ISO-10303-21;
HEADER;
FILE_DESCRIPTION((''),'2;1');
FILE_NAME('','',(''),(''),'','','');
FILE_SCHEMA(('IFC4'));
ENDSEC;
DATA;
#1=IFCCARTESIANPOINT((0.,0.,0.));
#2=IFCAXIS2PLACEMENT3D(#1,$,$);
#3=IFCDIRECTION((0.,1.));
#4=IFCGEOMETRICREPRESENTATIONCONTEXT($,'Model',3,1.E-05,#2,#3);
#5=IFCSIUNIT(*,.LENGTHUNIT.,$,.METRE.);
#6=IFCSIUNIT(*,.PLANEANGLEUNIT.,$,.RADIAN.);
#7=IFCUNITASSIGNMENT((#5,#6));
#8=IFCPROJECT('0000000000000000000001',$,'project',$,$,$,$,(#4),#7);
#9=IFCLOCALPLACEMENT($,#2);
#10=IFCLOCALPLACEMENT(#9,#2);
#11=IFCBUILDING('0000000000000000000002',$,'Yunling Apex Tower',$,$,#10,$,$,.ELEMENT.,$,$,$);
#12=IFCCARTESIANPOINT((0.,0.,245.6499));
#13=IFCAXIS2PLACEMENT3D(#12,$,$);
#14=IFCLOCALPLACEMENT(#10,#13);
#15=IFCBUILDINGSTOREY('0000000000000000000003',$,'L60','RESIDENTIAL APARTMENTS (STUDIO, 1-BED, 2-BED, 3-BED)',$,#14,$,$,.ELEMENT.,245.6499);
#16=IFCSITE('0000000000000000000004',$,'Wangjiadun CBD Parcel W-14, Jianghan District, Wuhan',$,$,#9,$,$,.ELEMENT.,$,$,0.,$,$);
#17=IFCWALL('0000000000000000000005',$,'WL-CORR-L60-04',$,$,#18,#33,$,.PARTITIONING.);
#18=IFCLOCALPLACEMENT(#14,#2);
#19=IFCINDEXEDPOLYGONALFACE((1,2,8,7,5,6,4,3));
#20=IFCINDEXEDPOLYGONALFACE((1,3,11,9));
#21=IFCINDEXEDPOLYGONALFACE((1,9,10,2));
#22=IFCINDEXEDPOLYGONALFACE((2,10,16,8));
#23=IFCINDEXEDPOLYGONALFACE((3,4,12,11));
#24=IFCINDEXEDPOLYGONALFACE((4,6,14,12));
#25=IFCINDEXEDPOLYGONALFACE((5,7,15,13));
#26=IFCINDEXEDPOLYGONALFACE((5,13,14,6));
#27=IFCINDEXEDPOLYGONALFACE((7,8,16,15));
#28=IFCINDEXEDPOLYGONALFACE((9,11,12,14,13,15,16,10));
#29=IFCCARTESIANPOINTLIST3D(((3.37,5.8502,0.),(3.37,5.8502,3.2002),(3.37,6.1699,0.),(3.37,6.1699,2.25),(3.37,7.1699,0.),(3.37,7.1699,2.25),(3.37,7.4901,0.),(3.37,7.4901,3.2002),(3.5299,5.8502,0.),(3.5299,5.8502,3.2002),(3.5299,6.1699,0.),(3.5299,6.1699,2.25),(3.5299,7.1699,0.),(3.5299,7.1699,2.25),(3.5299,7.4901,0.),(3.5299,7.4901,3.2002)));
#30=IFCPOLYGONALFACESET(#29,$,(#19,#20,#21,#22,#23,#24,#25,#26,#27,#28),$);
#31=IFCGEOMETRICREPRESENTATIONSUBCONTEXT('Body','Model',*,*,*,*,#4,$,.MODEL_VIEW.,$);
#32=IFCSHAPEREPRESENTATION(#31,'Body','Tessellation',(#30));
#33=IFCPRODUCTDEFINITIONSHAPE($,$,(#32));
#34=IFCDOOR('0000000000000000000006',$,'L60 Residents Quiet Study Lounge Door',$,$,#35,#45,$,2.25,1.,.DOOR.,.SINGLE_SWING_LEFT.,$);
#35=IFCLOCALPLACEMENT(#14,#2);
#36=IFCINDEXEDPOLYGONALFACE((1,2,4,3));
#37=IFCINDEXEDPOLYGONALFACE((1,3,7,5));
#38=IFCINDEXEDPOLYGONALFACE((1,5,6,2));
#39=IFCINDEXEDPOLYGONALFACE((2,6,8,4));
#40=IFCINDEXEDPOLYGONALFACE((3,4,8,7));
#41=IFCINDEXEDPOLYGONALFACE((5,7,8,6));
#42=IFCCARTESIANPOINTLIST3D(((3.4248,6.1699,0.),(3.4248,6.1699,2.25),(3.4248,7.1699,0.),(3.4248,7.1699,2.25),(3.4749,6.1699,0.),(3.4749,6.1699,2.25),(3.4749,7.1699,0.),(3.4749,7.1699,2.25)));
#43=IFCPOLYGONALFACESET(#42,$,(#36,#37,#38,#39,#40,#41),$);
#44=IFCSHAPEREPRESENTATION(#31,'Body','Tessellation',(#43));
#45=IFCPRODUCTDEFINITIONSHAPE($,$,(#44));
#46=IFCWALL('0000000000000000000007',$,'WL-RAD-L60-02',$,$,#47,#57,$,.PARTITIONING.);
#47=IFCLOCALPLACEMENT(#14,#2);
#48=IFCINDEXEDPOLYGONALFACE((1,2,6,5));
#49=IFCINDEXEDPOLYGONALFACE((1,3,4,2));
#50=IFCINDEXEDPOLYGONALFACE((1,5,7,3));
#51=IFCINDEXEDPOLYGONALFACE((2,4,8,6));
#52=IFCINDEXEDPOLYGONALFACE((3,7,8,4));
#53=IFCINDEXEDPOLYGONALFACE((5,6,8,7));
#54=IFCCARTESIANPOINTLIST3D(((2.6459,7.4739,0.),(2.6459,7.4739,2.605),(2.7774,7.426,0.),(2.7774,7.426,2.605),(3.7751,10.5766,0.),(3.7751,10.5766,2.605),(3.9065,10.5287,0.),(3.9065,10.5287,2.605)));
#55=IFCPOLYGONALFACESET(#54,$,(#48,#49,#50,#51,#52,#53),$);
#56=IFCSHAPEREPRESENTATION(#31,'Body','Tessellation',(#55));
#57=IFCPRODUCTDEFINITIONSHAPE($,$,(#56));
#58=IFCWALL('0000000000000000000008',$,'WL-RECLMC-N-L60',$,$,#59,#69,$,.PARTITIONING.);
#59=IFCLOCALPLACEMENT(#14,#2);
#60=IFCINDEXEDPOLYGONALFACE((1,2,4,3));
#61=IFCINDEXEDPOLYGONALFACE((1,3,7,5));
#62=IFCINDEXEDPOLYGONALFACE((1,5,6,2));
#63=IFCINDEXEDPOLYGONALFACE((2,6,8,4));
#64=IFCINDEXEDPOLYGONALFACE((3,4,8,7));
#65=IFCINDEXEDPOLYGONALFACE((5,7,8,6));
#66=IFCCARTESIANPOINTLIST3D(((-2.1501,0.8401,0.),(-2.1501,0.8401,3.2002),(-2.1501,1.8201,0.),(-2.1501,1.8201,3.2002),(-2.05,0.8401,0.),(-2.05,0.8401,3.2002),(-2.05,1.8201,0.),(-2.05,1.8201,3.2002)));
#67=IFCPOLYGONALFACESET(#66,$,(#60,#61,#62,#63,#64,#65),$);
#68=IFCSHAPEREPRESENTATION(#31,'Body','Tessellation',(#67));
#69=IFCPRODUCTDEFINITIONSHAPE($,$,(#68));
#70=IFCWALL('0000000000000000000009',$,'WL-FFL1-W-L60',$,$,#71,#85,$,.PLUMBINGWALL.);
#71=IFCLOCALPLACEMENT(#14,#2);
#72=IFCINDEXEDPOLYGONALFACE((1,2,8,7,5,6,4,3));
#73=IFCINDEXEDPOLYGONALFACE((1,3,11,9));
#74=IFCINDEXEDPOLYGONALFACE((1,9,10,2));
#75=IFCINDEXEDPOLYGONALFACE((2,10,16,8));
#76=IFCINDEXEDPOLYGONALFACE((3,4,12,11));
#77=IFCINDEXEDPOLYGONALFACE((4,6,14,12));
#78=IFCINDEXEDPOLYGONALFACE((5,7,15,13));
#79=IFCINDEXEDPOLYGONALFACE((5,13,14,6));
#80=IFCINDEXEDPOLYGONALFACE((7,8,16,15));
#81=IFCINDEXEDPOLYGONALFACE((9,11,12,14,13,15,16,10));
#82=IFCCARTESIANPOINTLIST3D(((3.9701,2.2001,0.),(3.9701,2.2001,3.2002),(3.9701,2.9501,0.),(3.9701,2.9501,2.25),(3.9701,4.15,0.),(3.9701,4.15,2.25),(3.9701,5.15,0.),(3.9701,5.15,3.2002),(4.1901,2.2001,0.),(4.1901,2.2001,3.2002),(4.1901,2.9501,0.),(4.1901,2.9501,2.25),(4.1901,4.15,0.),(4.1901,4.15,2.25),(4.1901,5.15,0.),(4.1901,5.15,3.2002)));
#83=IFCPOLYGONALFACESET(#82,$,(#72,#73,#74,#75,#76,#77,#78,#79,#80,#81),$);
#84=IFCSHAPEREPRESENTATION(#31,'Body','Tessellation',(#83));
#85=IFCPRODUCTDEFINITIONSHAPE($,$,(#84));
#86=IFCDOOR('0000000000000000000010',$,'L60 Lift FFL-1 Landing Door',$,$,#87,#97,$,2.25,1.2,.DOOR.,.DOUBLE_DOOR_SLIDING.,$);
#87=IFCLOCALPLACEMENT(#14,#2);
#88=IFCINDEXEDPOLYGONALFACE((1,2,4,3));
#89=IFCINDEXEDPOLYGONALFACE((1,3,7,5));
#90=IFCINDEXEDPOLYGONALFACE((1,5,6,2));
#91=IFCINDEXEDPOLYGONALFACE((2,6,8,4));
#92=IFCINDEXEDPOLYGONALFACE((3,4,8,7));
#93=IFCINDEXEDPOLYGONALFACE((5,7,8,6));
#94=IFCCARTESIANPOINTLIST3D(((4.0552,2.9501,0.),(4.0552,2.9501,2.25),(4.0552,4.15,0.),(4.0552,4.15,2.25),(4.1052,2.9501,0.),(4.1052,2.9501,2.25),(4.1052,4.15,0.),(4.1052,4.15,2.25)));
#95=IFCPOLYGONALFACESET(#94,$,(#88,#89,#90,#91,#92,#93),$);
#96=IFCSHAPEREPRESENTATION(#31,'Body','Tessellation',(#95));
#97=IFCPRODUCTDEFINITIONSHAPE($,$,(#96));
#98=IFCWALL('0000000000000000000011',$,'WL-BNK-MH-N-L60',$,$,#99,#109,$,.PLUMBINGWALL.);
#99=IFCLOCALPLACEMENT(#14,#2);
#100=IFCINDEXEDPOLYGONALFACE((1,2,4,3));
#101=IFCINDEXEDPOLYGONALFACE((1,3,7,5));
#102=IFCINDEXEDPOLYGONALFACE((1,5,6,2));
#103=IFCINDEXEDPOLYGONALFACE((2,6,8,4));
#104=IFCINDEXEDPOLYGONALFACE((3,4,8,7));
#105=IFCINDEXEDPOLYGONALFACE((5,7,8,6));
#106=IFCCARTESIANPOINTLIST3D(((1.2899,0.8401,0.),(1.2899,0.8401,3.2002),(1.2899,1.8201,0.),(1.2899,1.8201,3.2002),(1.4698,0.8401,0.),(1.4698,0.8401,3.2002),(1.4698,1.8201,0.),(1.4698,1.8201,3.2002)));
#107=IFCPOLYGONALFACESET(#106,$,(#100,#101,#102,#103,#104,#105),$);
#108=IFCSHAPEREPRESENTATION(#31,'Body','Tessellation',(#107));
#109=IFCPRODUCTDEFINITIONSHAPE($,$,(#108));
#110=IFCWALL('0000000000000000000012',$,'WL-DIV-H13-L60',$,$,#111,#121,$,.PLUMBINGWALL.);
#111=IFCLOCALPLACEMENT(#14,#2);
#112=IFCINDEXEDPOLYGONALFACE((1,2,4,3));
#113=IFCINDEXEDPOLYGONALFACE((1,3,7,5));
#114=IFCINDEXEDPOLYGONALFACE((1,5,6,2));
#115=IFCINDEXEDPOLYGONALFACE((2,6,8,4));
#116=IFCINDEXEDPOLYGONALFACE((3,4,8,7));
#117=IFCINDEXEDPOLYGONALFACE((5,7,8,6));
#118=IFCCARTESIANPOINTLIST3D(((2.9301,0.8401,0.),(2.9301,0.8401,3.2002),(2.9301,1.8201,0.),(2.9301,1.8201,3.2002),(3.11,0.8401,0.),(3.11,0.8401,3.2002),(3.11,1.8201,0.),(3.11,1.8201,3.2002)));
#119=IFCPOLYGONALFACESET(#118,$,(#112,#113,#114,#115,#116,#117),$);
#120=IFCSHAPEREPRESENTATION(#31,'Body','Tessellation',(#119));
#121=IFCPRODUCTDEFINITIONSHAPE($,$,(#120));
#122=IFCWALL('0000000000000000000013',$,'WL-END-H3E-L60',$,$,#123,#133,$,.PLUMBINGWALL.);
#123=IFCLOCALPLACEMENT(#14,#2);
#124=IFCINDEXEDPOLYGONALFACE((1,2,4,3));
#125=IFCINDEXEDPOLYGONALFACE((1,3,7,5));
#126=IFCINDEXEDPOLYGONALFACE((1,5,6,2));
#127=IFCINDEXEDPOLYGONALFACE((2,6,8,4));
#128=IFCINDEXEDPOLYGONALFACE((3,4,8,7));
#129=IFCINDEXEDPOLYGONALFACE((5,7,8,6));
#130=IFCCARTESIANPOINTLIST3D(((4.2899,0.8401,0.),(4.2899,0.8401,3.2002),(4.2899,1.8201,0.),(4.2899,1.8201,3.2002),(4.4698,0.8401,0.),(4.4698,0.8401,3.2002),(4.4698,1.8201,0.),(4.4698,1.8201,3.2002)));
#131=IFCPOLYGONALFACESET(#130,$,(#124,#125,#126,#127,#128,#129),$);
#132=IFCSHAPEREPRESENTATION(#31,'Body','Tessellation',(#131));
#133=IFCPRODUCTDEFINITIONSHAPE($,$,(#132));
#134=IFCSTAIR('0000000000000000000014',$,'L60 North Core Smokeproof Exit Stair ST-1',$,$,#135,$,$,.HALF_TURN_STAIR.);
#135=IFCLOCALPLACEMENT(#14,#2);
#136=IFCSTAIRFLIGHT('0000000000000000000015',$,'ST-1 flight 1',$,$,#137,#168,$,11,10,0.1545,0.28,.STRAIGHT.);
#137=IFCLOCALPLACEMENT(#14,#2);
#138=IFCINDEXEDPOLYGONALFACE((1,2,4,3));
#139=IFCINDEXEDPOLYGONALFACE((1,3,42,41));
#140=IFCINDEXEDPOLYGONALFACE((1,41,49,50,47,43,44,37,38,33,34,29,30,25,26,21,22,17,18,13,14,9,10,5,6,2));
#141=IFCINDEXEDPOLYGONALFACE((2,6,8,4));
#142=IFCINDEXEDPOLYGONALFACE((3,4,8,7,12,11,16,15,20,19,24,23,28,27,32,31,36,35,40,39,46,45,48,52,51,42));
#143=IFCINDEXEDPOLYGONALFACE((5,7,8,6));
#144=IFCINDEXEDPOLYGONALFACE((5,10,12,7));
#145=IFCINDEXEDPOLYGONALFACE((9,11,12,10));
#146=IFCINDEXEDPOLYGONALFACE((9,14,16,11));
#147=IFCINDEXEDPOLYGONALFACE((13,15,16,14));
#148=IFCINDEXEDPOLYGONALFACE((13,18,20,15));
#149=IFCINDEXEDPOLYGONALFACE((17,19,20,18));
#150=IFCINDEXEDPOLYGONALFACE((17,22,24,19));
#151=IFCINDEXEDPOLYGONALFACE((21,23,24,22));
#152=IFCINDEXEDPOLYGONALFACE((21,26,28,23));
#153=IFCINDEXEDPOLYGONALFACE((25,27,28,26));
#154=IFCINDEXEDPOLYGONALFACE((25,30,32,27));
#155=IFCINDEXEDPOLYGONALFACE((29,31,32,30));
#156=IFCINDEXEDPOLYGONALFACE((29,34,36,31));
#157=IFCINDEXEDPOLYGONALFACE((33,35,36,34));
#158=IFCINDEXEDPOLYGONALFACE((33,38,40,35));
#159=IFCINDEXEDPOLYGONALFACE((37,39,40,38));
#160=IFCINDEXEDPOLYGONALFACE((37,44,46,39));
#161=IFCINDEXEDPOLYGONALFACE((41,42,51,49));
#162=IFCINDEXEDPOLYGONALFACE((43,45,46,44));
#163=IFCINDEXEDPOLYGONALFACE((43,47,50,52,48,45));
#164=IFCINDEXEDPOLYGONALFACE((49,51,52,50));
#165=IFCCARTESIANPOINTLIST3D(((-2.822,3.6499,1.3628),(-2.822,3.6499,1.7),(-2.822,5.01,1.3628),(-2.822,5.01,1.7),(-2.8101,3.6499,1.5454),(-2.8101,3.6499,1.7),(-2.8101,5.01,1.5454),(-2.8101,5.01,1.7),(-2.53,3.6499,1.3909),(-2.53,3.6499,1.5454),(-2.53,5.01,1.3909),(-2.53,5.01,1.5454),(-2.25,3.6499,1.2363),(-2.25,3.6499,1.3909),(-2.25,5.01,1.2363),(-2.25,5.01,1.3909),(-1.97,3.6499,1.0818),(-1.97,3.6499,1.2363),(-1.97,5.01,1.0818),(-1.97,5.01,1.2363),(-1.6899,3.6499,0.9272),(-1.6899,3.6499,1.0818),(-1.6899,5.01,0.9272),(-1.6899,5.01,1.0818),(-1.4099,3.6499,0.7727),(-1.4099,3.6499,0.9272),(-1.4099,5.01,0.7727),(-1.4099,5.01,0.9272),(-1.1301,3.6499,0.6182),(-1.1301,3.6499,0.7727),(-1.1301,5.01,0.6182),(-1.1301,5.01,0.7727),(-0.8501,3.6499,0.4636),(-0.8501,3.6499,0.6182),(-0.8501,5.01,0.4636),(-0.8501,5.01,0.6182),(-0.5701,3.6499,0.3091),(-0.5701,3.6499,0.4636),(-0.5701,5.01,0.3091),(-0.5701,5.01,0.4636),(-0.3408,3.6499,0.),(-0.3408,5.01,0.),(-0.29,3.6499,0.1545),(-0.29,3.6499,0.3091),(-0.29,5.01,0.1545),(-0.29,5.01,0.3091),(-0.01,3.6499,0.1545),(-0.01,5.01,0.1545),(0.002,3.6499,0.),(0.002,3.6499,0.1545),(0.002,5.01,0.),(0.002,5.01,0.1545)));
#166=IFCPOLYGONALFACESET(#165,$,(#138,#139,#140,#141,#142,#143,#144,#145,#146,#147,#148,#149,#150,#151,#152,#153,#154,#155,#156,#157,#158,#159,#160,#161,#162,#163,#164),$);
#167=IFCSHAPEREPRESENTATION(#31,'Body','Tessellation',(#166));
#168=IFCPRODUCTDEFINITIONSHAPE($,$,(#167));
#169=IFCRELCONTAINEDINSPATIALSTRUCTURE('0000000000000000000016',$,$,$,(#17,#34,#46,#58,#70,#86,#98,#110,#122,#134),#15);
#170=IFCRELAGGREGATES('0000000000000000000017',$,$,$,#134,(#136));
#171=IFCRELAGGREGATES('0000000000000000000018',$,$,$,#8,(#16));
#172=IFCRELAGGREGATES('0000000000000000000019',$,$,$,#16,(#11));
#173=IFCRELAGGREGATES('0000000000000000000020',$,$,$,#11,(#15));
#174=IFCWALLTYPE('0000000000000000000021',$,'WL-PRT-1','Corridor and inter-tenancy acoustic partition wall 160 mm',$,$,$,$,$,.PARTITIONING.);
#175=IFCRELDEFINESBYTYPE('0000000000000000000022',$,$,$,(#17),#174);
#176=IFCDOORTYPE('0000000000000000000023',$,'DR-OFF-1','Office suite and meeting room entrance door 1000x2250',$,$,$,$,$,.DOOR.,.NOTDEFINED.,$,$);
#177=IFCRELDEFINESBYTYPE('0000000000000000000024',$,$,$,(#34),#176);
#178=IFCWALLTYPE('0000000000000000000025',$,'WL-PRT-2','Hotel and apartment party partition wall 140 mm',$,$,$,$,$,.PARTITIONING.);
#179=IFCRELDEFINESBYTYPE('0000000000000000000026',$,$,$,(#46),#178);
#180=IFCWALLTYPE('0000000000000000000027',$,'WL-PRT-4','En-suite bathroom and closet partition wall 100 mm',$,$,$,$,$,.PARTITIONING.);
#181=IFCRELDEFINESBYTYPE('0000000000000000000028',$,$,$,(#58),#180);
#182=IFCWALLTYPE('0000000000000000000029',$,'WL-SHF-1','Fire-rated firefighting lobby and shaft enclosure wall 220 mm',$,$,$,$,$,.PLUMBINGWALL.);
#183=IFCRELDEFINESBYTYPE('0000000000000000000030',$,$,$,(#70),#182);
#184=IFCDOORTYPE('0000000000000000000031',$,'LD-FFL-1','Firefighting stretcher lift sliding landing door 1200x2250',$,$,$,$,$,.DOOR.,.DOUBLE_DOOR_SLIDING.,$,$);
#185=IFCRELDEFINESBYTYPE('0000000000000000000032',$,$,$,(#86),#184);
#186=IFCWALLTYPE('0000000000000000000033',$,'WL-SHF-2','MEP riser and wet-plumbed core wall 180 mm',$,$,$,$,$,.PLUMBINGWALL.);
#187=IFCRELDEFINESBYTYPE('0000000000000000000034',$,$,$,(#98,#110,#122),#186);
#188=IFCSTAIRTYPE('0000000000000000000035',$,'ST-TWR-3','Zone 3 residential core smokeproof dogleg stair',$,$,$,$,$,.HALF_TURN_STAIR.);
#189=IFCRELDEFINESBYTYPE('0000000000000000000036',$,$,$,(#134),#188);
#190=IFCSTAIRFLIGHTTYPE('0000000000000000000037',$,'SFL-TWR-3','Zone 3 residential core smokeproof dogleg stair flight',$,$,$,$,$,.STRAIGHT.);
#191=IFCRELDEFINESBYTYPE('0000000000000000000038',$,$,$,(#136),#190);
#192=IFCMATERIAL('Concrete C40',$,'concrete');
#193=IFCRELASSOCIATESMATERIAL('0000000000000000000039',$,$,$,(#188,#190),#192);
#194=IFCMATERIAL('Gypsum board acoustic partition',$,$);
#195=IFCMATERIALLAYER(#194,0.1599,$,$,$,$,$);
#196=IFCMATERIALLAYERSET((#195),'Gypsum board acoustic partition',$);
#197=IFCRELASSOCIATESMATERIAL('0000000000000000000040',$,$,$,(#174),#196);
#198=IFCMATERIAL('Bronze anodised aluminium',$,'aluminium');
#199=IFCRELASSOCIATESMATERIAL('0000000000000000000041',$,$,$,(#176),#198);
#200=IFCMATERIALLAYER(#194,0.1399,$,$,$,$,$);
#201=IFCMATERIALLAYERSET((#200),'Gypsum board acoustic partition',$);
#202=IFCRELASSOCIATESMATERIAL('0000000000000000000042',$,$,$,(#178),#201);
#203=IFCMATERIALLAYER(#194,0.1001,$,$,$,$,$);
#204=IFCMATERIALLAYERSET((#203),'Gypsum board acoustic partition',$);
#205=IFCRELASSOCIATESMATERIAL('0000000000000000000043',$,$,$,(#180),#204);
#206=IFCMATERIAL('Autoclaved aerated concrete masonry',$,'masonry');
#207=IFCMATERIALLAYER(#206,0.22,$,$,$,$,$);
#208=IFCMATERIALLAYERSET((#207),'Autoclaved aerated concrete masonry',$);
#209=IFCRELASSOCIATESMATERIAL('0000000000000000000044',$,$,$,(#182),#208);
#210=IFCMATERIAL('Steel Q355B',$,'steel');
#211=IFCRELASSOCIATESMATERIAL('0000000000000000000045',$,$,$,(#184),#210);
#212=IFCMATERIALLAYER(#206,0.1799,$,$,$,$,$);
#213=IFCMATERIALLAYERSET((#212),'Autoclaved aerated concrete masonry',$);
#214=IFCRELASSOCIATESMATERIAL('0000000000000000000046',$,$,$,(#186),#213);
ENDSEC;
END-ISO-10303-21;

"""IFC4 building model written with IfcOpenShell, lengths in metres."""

from ifc_helpers import new_model, si_unit, direction, frame, frame_2d, origin, place, context, subcontext, project, spatial, polyline, rectangle, outline, extrude, material, layer, layer_set, type_object, element, fill, aggregate, save


model = new_model("IFC4")

# Units and contexts
model_context = context("Model", 3, precision=1e-05, world=origin(), true_north=direction((0.0, 1.0)))
body_context = subcontext(model_context, "Body", "Model", "MODEL_VIEW")
ifc_project = project(units=[si_unit("LENGTHUNIT", "METRE"), si_unit("PLANEANGLEUNIT", "RADIAN")], contexts=[model_context])

# Site, building, storey
site_placement = place(None, origin())
site = spatial("IfcSite", under=ifc_project, at=site_placement, Name="Wangjiadun CBD Parcel W-14, Jianghan District, Wuhan", CompositionType="ELEMENT", RefElevation=0.0)
building_placement = place(site_placement, origin())
building = spatial("IfcBuilding", under=site, at=building_placement, Name="Yunling Apex Tower", CompositionType="ELEMENT")
storey_placement = place(building_placement, frame((0.0, 0.0, 245.6499)))
storey = spatial("IfcBuildingStorey", under=building, at=storey_placement, Name="L60", Description="RESIDENTIAL APARTMENTS (STUDIO, 1-BED, 2-BED, 3-BED)", CompositionType="ELEMENT", Elevation=245.6499)

# Shared definitions
ifc_material_1 = material(Name="Steel Q355B", Category="steel")

# Shared definitions
ifc_material_2 = material(Name="Bronze anodised aluminium", Category="aluminium")

# Shared definitions
ifc_material_3 = material(Name="Concrete C40", Category="concrete")
stair_type = type_object("IfcStairType", Name="ST-TWR-3", Description="Zone 3 residential core smokeproof dogleg stair", PredefinedType="HALF_TURN_STAIR", material=ifc_material_3)

# Wall, opening, door
ifc_material_4 = material(Name="Gypsum board acoustic partition")
ifc_layer_1 = layer(ifc_material_4, 0.1599)
ifc_layer_set_1 = layer_set([ifc_layer_1], Name="Gypsum board acoustic partition")
wall_type_1 = type_object("IfcWallType", Name="WL-PRT-1", Description="Corridor and inter-tenancy acoustic partition wall 160 mm", PredefinedType="PARTITIONING", material=ifc_layer_set_1)
wall_1_placement = place(storey_placement, frame((3.45, 7.49, 0.0), z_axis=(0.0, 0.0, 1.0), x_axis=(0.0, -1.0, 0.0)))
wall_1 = element("IfcWall", 1, at=wall_1_placement, inside=storey, type_object=wall_type_1, Name="WL-CORR-L60-04", PredefinedType="PARTITIONING", context=body_context, shape_type="SweptSolid", body=[
    extrude(rectangle(XDim=1.6399, YDim=0.1599, at=frame_2d((0.8198, 0.0))), origin(), (0.0, 0.0, 1.0), 3.2002),
])
opening_1_placement = place(wall_1_placement, frame((0.3201, 0.0, 0.0)))
opening_1 = element("IfcOpeningElement", 2, at=opening_1_placement, cuts=wall_1, PredefinedType="OPENING", context=body_context, shape_type="SweptSolid", body=[
    extrude(rectangle(XDim=1.0, YDim=2.25, at=frame_2d((0.5, 1.125))), frame((0.0, 0.0898, 0.0), z_axis=(0.0, -1.0, 0.0), x_axis=(1.0, 0.0, 0.0)), (0.0, 0.0, 1.0), 0.1799),
])
door_type_1 = type_object("IfcDoorType", Name="DR-OFF-1", Description="Office suite and meeting room entrance door 1000x2250", OperationType="NOTDEFINED", PredefinedType="DOOR", material=ifc_material_2)
door_1_placement = place(opening_1_placement, origin())
door_1 = element("IfcDoor", 3, at=door_1_placement, inside=storey, type_object=door_type_1, Name="L60 Residents Quiet Study Lounge Door", OperationType="SINGLE_SWING_LEFT", OverallHeight=2.25, OverallWidth=1.0, PredefinedType="DOOR", context=body_context, shape_type="SweptSolid", body=[
    extrude(rectangle(XDim=1.0, YDim=2.25, at=frame_2d((0.5, 1.125))), frame((0.0, 0.0249, 0.0), z_axis=(0.0, -1.0, 0.0), x_axis=(1.0, 0.0, 0.0)), (0.0, 0.0, 1.0), 0.05),
])
fill(opening_1, door_1)

# Walls
ifc_layer_2 = layer(ifc_material_4, 0.1399)
ifc_layer_set_2 = layer_set([ifc_layer_2], Name="Gypsum board acoustic partition")
wall_type_2 = type_object("IfcWallType", Name="WL-PRT-2", Description="Hotel and apartment party partition wall 140 mm", PredefinedType="PARTITIONING", material=ifc_layer_set_2)
wall_2_placement = place(storey_placement, frame((2.7117, 7.45, 0.0), z_axis=(0.0, 0.0, 1.0), x_axis=(0.341975, 0.939709, 0.0)))
element("IfcWall", 4, at=wall_2_placement, inside=storey, type_object=wall_type_2, Name="WL-RAD-L60-02", PredefinedType="PARTITIONING", context=body_context, shape_type="SweptSolid", body=[
    extrude(rectangle(XDim=3.3018, YDim=0.1399, at=frame_2d((1.6509, 0.0))), origin(), (0.0, 0.0, 1.0), 2.605),
])
ifc_layer_3 = layer(ifc_material_4, 0.1001)
ifc_layer_set_3 = layer_set([ifc_layer_3], Name="Gypsum board acoustic partition")
wall_type_3 = type_object("IfcWallType", Name="WL-PRT-4", Description="En-suite bathroom and closet partition wall 100 mm", PredefinedType="PARTITIONING", material=ifc_layer_set_3)
wall_3_placement = place(storey_placement, frame((-2.1001, 0.8401, 0.0), z_axis=(0.0, 0.0, 1.0), x_axis=(0.0, 1.0, 0.0)))
element("IfcWall", 5, at=wall_3_placement, inside=storey, type_object=wall_type_3, Name="WL-RECLMC-N-L60", PredefinedType="PARTITIONING", context=body_context, shape_type="SweptSolid", body=[
    extrude(rectangle(XDim=0.98, YDim=0.1001, at=frame_2d((0.49, 0.0))), origin(), (0.0, 0.0, 1.0), 3.2002),
])

# Wall, opening, door
ifc_material_5 = material(Name="Autoclaved aerated concrete masonry", Category="masonry")
ifc_layer_4 = layer(ifc_material_5, 0.22)
ifc_layer_set_4 = layer_set([ifc_layer_4], Name="Autoclaved aerated concrete masonry")
wall_type_4 = type_object("IfcWallType", Name="WL-SHF-1", Description="Fire-rated firefighting lobby and shaft enclosure wall 220 mm", PredefinedType="PLUMBINGWALL", material=ifc_layer_set_4)
wall_4_placement = place(storey_placement, frame((4.0801, 2.2, 0.0), z_axis=(0.0, 0.0, 1.0), x_axis=(0.0, 1.0, 0.0)))
wall_4 = element("IfcWall", 6, at=wall_4_placement, inside=storey, type_object=wall_type_4, Name="WL-FFL1-W-L60", PredefinedType="PLUMBINGWALL", context=body_context, shape_type="SweptSolid", body=[
    extrude(rectangle(XDim=2.95, YDim=0.22, at=frame_2d((1.4751, 0.0))), origin(), (0.0, 0.0, 1.0), 3.2002),
])
opening_2_placement = place(wall_4_placement, frame((0.75, 0.0, 0.0)))
opening_2 = element("IfcOpeningElement", 7, at=opening_2_placement, cuts=wall_4, PredefinedType="OPENING", context=body_context, shape_type="SweptSolid", body=[
    extrude(rectangle(XDim=1.2, YDim=2.25, at=frame_2d((0.6001, 1.125))), frame((0.0, 0.1201, 0.0), z_axis=(0.0, -1.0, 0.0), x_axis=(1.0, 0.0, 0.0)), (0.0, 0.0, 1.0), 0.24),
])
door_type_2 = type_object("IfcDoorType", Name="LD-FFL-1", Description="Firefighting stretcher lift sliding landing door 1200x2250", OperationType="DOUBLE_DOOR_SLIDING", PredefinedType="DOOR", material=ifc_material_1)
door_2_placement = place(opening_2_placement, origin())
door_2 = element("IfcDoor", 8, at=door_2_placement, inside=storey, type_object=door_type_2, Name="L60 Lift FFL-1 Landing Door", OperationType="DOUBLE_DOOR_SLIDING", OverallHeight=2.25, OverallWidth=1.2, PredefinedType="DOOR", context=body_context, shape_type="SweptSolid", body=[
    extrude(rectangle(XDim=1.2, YDim=2.25, at=frame_2d((0.6001, 1.125))), frame((0.0, 0.0249, 0.0), z_axis=(0.0, -1.0, 0.0), x_axis=(1.0, 0.0, 0.0)), (0.0, 0.0, 1.0), 0.05),
])
fill(opening_2, door_2)

# Walls
ifc_layer_5 = layer(ifc_material_5, 0.1799)
ifc_layer_set_5 = layer_set([ifc_layer_5], Name="Autoclaved aerated concrete masonry")
wall_type_5 = type_object("IfcWallType", Name="WL-SHF-2", Description="MEP riser and wet-plumbed core wall 180 mm", PredefinedType="PLUMBINGWALL", material=ifc_layer_set_5)
for number, where, z_axis, x_axis, name in (
    (9, (1.3799, 0.8401, 0.0), (0.0, 0.0, 1.0), (0.0, 1.0, 0.0), "WL-BNK-MH-N-L60"),
    (10, (3.02, 0.8401, 0.0), (0.0, 0.0, 1.0), (0.0, 1.0, 0.0), "WL-DIV-H13-L60"),
    (11, (4.3799, 0.8401, 0.0), (0.0, 0.0, 1.0), (0.0, 1.0, 0.0), "WL-END-H3E-L60"),
):
    element("IfcWall", number, at=place(storey_placement, frame(where, z_axis=z_axis, x_axis=x_axis)), inside=storey, type_object=wall_type_5, Name=name, PredefinedType="PLUMBINGWALL", context=body_context, shape_type="SweptSolid", body=[
        extrude(rectangle(XDim=0.98, YDim=0.1799, at=frame_2d((0.49, 0.0))), origin(), (0.0, 0.0, 1.0), 3.2002),
    ])

# Stair, stair flight
stair_1_placement = place(storey_placement, origin())
stair_1 = element("IfcStair", 12, at=stair_1_placement, inside=storey, type_object=stair_type, Name="L60 North Core Smokeproof Exit Stair ST-1", PredefinedType="HALF_TURN_STAIR")
stair_flight_type = type_object("IfcStairFlightType", Name="SFL-TWR-3", Description="Zone 3 residential core smokeproof dogleg stair flight", PredefinedType="STRAIGHT", material=ifc_material_3)
stair_flight_placement = place(storey_placement, frame((-0.01, 4.3301, 0.0), z_axis=(0.0, 0.0, 1.0), x_axis=(-1.0, 0.0, 0.0)))
stair_flight = element("IfcStairFlight", 13, at=stair_flight_placement, type_object=stair_flight_type, Name="ST-1 flight 1", NumberOfRisers=11, NumberOfTreads=10, PredefinedType="STRAIGHT", RiserHeight=0.1545, TreadLength=0.28, context=body_context, shape_type="SweptSolid", body=[
    extrude(outline(polyline([(-0.012, 0.0), (-0.012, 0.1545), (0.0, 0.1545), (0.28, 0.1545), (0.28, 0.3091), (0.5601, 0.3091), (0.5601, 0.4636), (0.8401, 0.4636), (0.8401, 0.6182), (1.1201, 0.6182), (1.1201, 0.7727), (1.3999, 0.7727), (1.3999, 0.9272), (1.6799, 0.9272), (1.6799, 1.0818), (1.96, 1.0818), (1.96, 1.2363), (2.24, 1.2363), (2.24, 1.3909), (2.52, 1.3909), (2.52, 1.5454), (2.8, 1.5454), (2.8, 1.7), (2.812, 1.7), (2.812, 1.3628), (0.3308, 0.0), (-0.012, 0.0)])), frame((0.0, 0.6802, 0.0), z_axis=(0.0, -1.0, 0.0), x_axis=(1.0, 0.0, 0.0)), (0.0, 0.0, 1.0), 1.3601),
])
aggregate(stair_1, [stair_flight])

save(model, "model.ifc")
